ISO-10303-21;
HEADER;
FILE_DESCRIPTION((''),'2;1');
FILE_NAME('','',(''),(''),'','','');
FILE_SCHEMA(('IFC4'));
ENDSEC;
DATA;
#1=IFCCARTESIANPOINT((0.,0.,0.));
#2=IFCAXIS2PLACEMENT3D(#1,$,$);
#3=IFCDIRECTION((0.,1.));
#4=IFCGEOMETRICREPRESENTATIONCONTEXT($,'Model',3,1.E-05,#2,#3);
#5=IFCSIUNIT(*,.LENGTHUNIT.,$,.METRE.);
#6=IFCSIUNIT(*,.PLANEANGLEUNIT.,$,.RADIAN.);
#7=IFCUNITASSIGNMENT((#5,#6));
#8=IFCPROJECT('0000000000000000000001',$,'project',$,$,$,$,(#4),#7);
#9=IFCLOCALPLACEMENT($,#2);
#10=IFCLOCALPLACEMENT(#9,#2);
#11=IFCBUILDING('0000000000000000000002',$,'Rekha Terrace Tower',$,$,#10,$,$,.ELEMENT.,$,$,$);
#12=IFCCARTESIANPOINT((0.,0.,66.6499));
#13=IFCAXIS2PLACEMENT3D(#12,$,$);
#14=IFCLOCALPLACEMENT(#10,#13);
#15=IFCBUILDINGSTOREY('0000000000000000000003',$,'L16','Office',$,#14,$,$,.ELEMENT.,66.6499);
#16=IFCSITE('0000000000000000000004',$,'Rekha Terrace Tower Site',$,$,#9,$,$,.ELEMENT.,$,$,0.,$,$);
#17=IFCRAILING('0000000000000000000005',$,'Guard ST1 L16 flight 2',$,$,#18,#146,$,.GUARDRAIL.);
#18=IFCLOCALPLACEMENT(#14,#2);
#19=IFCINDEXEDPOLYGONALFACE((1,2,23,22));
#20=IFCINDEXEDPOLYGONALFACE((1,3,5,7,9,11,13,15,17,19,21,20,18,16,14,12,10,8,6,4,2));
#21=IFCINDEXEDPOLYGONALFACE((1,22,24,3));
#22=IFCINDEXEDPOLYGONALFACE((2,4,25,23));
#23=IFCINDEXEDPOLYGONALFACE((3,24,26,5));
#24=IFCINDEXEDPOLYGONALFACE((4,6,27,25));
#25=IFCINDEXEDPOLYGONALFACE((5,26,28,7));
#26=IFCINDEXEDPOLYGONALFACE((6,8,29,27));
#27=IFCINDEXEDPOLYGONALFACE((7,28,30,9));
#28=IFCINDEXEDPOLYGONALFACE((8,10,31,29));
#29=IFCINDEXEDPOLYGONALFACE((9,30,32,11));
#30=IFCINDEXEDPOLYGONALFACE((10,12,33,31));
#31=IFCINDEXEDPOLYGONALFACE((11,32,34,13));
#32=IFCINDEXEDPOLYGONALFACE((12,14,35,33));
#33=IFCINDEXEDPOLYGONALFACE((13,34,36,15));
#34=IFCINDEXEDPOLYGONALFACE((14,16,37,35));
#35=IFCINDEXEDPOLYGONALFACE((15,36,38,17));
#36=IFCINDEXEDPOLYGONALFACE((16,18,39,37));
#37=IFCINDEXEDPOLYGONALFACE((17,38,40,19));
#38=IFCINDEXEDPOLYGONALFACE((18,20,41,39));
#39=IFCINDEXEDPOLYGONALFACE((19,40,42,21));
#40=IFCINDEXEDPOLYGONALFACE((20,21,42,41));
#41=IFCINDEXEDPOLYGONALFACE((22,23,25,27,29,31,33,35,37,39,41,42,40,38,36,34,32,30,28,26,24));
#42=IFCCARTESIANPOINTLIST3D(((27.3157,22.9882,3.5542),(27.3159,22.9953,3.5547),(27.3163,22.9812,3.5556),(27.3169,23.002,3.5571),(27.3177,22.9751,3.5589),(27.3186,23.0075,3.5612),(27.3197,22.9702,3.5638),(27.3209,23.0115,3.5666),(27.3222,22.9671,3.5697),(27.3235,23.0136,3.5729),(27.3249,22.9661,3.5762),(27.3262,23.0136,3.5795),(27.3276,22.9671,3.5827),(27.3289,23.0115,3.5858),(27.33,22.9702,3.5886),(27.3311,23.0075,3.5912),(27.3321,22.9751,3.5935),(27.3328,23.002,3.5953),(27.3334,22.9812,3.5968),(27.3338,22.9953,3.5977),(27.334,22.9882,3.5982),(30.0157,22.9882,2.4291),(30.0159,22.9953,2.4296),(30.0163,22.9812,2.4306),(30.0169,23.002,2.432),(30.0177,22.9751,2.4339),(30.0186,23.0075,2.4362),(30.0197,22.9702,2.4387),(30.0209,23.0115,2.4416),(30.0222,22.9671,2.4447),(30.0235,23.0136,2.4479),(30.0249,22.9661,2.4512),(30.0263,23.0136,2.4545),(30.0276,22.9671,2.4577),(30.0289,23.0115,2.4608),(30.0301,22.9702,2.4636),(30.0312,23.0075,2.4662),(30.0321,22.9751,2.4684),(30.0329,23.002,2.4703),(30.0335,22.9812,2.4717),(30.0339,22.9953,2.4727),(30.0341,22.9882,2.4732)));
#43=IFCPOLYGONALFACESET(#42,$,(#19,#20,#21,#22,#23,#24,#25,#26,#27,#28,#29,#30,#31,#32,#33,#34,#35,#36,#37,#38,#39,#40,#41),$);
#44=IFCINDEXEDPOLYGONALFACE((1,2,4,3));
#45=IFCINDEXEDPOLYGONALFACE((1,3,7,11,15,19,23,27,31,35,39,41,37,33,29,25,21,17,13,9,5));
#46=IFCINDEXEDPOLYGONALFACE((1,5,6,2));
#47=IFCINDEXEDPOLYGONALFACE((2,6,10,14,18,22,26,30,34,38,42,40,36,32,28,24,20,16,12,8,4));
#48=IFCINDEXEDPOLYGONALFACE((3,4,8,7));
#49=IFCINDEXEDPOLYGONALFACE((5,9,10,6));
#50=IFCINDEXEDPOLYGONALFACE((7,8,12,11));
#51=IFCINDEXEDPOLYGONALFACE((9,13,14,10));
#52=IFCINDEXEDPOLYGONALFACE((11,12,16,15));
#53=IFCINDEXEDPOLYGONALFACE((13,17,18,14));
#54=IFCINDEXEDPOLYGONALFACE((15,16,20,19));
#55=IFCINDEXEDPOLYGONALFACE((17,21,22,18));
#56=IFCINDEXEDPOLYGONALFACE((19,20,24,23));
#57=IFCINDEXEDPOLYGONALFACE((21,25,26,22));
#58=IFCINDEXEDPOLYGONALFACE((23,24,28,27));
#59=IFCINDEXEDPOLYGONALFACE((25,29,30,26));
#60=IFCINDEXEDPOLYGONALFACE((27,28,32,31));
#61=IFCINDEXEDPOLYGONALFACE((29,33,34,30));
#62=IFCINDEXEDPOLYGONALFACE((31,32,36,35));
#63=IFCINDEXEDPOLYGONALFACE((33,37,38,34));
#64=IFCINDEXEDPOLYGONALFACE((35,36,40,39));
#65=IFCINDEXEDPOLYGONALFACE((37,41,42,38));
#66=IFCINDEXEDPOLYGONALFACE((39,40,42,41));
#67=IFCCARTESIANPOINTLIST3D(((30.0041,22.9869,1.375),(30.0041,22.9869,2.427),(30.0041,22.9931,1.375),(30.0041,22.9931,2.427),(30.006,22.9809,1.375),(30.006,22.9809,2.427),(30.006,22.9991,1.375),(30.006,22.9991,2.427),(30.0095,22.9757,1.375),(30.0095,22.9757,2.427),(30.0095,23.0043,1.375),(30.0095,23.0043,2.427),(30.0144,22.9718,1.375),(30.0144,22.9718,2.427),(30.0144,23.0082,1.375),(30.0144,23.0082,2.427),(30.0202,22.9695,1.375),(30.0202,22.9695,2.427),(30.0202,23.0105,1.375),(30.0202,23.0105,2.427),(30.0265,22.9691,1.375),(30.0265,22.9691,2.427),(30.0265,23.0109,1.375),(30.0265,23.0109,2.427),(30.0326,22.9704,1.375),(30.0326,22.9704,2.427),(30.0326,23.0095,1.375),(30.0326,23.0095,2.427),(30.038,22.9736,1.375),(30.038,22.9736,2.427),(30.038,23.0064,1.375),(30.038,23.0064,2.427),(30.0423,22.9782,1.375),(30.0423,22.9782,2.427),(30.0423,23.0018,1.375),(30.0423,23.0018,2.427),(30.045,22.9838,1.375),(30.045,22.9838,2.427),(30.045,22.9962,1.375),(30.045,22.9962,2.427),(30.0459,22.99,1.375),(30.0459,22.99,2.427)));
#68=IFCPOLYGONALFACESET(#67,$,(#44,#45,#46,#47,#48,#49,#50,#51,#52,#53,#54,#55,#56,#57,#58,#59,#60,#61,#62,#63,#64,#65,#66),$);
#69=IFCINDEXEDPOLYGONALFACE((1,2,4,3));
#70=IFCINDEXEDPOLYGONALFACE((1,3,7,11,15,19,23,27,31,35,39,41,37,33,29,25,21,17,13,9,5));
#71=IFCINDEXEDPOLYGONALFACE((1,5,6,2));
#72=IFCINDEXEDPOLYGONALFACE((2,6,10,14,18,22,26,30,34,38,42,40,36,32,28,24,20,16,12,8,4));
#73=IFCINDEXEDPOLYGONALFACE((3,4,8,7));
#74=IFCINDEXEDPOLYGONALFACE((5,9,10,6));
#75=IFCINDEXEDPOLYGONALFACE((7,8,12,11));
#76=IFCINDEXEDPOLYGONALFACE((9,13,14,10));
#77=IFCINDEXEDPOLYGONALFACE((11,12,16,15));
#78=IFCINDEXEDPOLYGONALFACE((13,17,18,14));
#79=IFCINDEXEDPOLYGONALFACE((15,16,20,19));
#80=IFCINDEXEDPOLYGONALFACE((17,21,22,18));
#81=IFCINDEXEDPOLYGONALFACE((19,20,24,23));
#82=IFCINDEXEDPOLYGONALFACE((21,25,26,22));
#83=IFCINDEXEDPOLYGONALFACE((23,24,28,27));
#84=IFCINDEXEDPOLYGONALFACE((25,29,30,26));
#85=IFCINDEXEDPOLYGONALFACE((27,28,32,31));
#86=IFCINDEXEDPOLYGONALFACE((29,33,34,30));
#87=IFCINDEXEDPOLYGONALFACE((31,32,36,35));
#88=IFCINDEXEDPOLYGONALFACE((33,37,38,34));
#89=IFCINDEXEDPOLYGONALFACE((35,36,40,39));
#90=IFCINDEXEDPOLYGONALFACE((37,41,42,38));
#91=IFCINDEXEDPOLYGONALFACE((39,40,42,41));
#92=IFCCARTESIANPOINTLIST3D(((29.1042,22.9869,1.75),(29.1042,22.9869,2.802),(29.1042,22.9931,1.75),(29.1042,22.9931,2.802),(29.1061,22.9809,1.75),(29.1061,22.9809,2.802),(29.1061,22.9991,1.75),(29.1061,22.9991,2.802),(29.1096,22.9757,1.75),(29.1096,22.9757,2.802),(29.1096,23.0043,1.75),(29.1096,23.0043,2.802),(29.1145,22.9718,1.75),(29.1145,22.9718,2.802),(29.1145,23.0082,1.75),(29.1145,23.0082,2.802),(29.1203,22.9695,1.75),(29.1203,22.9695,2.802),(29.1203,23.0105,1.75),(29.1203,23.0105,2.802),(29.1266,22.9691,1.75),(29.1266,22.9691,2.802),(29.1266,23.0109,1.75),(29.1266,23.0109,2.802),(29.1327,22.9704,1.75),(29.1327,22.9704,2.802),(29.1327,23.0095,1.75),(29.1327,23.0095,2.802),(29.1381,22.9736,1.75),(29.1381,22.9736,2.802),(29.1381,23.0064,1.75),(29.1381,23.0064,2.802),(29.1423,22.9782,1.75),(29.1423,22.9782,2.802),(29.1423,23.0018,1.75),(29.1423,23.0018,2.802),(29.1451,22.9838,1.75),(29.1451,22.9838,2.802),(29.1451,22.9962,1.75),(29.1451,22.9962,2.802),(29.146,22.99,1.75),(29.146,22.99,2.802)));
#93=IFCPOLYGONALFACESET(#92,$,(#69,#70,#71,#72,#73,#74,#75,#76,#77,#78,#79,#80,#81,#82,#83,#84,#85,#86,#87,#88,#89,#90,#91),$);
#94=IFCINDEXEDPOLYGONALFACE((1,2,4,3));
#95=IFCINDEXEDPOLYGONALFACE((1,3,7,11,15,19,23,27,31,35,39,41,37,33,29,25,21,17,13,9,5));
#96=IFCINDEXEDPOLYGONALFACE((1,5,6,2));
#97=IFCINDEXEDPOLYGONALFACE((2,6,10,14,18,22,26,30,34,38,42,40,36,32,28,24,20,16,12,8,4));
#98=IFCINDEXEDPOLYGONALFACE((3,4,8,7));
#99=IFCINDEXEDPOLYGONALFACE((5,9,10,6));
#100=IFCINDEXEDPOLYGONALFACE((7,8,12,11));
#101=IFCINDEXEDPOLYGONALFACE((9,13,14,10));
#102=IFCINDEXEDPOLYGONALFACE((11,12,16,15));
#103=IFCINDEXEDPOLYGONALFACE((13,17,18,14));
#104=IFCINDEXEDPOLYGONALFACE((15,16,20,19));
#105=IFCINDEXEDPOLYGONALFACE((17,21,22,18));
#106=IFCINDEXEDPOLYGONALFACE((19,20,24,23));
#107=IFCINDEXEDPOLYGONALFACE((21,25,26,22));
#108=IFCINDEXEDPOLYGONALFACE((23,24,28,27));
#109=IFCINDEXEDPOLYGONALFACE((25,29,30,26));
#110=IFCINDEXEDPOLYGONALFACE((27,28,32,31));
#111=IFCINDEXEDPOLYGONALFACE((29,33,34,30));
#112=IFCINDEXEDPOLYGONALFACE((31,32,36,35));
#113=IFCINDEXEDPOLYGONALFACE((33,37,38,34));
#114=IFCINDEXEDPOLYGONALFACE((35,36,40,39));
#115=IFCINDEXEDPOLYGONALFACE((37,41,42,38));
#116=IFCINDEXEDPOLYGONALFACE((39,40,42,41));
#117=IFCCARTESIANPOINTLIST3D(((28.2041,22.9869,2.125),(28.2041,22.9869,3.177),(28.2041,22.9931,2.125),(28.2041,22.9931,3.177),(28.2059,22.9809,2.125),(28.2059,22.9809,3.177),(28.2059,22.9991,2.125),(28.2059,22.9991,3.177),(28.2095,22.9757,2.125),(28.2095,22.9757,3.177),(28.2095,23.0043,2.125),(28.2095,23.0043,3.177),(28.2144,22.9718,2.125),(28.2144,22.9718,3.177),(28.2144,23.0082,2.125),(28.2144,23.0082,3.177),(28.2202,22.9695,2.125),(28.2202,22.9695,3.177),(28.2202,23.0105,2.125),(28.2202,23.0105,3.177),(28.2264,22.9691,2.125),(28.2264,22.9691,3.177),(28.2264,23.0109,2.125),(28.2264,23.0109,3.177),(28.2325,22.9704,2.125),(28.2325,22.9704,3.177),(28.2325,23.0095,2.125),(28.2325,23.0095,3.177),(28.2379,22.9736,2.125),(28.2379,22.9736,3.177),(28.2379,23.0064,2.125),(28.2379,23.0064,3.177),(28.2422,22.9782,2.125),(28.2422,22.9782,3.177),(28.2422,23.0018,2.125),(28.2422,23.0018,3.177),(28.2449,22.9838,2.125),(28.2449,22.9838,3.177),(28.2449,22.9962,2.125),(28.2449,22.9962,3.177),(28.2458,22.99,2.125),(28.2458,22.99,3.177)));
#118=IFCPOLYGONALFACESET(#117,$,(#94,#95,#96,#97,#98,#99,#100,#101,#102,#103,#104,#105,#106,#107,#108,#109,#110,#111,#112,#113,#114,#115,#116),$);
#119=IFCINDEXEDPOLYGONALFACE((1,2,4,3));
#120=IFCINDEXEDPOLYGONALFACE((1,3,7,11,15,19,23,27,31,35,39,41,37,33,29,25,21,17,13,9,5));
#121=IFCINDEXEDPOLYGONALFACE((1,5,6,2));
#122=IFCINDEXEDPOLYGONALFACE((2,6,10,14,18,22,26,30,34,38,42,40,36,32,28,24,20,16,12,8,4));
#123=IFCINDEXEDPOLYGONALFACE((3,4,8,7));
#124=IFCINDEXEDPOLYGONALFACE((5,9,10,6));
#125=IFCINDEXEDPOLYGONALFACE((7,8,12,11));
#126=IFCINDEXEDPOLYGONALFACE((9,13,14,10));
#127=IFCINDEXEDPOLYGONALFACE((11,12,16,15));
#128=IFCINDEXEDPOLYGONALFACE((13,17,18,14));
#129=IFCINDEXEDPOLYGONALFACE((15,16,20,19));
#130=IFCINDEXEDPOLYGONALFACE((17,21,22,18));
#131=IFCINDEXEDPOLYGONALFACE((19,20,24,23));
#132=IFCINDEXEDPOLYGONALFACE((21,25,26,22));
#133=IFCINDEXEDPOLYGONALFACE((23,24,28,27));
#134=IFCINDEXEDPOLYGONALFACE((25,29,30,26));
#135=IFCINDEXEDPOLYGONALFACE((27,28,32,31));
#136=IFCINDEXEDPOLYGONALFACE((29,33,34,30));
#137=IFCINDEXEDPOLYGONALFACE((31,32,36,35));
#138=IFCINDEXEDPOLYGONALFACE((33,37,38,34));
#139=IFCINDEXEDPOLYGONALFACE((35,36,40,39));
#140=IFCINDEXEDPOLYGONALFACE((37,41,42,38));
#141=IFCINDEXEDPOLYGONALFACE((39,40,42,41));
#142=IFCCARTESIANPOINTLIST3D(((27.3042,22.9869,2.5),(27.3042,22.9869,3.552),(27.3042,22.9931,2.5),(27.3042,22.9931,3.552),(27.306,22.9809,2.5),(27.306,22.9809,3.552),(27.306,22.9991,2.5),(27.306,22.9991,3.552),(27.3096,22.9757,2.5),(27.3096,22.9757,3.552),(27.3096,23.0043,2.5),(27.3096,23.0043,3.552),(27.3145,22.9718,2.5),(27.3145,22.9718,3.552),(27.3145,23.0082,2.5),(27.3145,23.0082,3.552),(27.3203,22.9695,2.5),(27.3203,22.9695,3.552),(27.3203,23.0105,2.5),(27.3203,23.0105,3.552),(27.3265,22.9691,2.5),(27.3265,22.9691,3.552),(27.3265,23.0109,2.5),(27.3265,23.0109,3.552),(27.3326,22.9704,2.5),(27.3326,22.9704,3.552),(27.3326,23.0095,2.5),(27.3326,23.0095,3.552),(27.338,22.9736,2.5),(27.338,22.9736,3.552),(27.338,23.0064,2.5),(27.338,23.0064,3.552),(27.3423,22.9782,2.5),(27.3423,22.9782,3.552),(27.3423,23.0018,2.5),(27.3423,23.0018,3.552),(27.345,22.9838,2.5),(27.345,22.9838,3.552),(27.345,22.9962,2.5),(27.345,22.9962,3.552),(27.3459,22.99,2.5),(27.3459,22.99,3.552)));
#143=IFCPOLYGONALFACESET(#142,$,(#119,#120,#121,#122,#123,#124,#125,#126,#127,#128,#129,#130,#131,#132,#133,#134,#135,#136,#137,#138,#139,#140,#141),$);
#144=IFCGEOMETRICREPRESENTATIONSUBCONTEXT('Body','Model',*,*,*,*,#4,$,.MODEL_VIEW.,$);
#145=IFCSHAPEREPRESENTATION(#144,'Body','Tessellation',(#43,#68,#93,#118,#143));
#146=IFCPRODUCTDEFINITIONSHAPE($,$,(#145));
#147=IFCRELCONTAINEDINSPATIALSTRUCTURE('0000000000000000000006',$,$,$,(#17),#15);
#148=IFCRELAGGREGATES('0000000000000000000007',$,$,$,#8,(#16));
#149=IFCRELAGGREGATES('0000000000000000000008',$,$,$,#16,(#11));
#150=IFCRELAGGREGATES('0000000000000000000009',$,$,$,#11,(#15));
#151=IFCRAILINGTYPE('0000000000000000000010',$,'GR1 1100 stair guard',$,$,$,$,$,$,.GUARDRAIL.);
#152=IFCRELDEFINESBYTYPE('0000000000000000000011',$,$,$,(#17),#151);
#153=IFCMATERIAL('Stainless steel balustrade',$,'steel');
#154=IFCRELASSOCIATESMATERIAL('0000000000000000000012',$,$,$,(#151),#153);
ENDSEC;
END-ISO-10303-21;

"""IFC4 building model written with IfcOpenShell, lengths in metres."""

from ifc_helpers import new_model, si_unit, direction, frame, origin, origin_2d, place, context, subcontext, project, spatial, circle, extrude, material, type_object, element, save


model = new_model("IFC4")

# Units and contexts
model_context = context("Model", 3, precision=1e-05, world=origin(), true_north=direction((0.0, 1.0)))
body_context = subcontext(model_context, "Body", "Model", "MODEL_VIEW")
ifc_project = project(units=[si_unit("LENGTHUNIT", "METRE"), si_unit("PLANEANGLEUNIT", "RADIAN")], contexts=[model_context])

# Site, building, storey
site_placement = place(None, origin())
site = spatial("IfcSite", under=ifc_project, at=site_placement, Name="Rekha Terrace Tower Site", CompositionType="ELEMENT", RefElevation=0.0)
building_placement = place(site_placement, origin())
building = spatial("IfcBuilding", under=site, at=building_placement, Name="Rekha Terrace Tower", CompositionType="ELEMENT")
storey_placement = place(building_placement, frame((0.0, 0.0, 66.6499)))
storey = spatial("IfcBuildingStorey", under=building, at=storey_placement, Name="L16", Description="Office", CompositionType="ELEMENT", Elevation=66.6499)

# Railing
ifc_material_1 = material(Name="Stainless steel balustrade", Category="steel")
railing_type_1 = type_object("IfcRailingType", Name="GR1 1100 stair guard", PredefinedType="GUARDRAIL", material=ifc_material_1)
railing_1_placement = place(storey_placement, frame((30.0249, 22.99, 1.375)))
element("IfcRailing", 1, at=railing_1_placement, inside=storey, type_object=railing_type_1, Name="Guard ST1 L16 flight 2", PredefinedType="GUARDRAIL", context=body_context, shape_type="SweptSolid", body=[
    extrude(circle(Radius=0.0239, at=origin_2d()), frame((0.0, 0.0, 1.0762), z_axis=(-0.923074, 0.0, 0.384621), x_axis=(0.0, -1.0, 0.0)), (0.0, 0.0, 1.0), 2.925),
    extrude(circle(Radius=0.021, at=origin_2d()), origin(), (0.0, 0.0, 1.0), 1.052),
    extrude(circle(Radius=0.021, at=origin_2d()), frame((-0.8999, 0.0, 0.375)), (0.0, 0.0, 1.0), 1.052),
    extrude(circle(Radius=0.021, at=origin_2d()), frame((-1.8, 0.0, 0.75)), (0.0, 0.0, 1.0), 1.052),
    extrude(circle(Radius=0.021, at=origin_2d()), frame((-2.7, 0.0, 1.125)), (0.0, 0.0, 1.0), 1.052),
])

save(model, "model.ifc")
